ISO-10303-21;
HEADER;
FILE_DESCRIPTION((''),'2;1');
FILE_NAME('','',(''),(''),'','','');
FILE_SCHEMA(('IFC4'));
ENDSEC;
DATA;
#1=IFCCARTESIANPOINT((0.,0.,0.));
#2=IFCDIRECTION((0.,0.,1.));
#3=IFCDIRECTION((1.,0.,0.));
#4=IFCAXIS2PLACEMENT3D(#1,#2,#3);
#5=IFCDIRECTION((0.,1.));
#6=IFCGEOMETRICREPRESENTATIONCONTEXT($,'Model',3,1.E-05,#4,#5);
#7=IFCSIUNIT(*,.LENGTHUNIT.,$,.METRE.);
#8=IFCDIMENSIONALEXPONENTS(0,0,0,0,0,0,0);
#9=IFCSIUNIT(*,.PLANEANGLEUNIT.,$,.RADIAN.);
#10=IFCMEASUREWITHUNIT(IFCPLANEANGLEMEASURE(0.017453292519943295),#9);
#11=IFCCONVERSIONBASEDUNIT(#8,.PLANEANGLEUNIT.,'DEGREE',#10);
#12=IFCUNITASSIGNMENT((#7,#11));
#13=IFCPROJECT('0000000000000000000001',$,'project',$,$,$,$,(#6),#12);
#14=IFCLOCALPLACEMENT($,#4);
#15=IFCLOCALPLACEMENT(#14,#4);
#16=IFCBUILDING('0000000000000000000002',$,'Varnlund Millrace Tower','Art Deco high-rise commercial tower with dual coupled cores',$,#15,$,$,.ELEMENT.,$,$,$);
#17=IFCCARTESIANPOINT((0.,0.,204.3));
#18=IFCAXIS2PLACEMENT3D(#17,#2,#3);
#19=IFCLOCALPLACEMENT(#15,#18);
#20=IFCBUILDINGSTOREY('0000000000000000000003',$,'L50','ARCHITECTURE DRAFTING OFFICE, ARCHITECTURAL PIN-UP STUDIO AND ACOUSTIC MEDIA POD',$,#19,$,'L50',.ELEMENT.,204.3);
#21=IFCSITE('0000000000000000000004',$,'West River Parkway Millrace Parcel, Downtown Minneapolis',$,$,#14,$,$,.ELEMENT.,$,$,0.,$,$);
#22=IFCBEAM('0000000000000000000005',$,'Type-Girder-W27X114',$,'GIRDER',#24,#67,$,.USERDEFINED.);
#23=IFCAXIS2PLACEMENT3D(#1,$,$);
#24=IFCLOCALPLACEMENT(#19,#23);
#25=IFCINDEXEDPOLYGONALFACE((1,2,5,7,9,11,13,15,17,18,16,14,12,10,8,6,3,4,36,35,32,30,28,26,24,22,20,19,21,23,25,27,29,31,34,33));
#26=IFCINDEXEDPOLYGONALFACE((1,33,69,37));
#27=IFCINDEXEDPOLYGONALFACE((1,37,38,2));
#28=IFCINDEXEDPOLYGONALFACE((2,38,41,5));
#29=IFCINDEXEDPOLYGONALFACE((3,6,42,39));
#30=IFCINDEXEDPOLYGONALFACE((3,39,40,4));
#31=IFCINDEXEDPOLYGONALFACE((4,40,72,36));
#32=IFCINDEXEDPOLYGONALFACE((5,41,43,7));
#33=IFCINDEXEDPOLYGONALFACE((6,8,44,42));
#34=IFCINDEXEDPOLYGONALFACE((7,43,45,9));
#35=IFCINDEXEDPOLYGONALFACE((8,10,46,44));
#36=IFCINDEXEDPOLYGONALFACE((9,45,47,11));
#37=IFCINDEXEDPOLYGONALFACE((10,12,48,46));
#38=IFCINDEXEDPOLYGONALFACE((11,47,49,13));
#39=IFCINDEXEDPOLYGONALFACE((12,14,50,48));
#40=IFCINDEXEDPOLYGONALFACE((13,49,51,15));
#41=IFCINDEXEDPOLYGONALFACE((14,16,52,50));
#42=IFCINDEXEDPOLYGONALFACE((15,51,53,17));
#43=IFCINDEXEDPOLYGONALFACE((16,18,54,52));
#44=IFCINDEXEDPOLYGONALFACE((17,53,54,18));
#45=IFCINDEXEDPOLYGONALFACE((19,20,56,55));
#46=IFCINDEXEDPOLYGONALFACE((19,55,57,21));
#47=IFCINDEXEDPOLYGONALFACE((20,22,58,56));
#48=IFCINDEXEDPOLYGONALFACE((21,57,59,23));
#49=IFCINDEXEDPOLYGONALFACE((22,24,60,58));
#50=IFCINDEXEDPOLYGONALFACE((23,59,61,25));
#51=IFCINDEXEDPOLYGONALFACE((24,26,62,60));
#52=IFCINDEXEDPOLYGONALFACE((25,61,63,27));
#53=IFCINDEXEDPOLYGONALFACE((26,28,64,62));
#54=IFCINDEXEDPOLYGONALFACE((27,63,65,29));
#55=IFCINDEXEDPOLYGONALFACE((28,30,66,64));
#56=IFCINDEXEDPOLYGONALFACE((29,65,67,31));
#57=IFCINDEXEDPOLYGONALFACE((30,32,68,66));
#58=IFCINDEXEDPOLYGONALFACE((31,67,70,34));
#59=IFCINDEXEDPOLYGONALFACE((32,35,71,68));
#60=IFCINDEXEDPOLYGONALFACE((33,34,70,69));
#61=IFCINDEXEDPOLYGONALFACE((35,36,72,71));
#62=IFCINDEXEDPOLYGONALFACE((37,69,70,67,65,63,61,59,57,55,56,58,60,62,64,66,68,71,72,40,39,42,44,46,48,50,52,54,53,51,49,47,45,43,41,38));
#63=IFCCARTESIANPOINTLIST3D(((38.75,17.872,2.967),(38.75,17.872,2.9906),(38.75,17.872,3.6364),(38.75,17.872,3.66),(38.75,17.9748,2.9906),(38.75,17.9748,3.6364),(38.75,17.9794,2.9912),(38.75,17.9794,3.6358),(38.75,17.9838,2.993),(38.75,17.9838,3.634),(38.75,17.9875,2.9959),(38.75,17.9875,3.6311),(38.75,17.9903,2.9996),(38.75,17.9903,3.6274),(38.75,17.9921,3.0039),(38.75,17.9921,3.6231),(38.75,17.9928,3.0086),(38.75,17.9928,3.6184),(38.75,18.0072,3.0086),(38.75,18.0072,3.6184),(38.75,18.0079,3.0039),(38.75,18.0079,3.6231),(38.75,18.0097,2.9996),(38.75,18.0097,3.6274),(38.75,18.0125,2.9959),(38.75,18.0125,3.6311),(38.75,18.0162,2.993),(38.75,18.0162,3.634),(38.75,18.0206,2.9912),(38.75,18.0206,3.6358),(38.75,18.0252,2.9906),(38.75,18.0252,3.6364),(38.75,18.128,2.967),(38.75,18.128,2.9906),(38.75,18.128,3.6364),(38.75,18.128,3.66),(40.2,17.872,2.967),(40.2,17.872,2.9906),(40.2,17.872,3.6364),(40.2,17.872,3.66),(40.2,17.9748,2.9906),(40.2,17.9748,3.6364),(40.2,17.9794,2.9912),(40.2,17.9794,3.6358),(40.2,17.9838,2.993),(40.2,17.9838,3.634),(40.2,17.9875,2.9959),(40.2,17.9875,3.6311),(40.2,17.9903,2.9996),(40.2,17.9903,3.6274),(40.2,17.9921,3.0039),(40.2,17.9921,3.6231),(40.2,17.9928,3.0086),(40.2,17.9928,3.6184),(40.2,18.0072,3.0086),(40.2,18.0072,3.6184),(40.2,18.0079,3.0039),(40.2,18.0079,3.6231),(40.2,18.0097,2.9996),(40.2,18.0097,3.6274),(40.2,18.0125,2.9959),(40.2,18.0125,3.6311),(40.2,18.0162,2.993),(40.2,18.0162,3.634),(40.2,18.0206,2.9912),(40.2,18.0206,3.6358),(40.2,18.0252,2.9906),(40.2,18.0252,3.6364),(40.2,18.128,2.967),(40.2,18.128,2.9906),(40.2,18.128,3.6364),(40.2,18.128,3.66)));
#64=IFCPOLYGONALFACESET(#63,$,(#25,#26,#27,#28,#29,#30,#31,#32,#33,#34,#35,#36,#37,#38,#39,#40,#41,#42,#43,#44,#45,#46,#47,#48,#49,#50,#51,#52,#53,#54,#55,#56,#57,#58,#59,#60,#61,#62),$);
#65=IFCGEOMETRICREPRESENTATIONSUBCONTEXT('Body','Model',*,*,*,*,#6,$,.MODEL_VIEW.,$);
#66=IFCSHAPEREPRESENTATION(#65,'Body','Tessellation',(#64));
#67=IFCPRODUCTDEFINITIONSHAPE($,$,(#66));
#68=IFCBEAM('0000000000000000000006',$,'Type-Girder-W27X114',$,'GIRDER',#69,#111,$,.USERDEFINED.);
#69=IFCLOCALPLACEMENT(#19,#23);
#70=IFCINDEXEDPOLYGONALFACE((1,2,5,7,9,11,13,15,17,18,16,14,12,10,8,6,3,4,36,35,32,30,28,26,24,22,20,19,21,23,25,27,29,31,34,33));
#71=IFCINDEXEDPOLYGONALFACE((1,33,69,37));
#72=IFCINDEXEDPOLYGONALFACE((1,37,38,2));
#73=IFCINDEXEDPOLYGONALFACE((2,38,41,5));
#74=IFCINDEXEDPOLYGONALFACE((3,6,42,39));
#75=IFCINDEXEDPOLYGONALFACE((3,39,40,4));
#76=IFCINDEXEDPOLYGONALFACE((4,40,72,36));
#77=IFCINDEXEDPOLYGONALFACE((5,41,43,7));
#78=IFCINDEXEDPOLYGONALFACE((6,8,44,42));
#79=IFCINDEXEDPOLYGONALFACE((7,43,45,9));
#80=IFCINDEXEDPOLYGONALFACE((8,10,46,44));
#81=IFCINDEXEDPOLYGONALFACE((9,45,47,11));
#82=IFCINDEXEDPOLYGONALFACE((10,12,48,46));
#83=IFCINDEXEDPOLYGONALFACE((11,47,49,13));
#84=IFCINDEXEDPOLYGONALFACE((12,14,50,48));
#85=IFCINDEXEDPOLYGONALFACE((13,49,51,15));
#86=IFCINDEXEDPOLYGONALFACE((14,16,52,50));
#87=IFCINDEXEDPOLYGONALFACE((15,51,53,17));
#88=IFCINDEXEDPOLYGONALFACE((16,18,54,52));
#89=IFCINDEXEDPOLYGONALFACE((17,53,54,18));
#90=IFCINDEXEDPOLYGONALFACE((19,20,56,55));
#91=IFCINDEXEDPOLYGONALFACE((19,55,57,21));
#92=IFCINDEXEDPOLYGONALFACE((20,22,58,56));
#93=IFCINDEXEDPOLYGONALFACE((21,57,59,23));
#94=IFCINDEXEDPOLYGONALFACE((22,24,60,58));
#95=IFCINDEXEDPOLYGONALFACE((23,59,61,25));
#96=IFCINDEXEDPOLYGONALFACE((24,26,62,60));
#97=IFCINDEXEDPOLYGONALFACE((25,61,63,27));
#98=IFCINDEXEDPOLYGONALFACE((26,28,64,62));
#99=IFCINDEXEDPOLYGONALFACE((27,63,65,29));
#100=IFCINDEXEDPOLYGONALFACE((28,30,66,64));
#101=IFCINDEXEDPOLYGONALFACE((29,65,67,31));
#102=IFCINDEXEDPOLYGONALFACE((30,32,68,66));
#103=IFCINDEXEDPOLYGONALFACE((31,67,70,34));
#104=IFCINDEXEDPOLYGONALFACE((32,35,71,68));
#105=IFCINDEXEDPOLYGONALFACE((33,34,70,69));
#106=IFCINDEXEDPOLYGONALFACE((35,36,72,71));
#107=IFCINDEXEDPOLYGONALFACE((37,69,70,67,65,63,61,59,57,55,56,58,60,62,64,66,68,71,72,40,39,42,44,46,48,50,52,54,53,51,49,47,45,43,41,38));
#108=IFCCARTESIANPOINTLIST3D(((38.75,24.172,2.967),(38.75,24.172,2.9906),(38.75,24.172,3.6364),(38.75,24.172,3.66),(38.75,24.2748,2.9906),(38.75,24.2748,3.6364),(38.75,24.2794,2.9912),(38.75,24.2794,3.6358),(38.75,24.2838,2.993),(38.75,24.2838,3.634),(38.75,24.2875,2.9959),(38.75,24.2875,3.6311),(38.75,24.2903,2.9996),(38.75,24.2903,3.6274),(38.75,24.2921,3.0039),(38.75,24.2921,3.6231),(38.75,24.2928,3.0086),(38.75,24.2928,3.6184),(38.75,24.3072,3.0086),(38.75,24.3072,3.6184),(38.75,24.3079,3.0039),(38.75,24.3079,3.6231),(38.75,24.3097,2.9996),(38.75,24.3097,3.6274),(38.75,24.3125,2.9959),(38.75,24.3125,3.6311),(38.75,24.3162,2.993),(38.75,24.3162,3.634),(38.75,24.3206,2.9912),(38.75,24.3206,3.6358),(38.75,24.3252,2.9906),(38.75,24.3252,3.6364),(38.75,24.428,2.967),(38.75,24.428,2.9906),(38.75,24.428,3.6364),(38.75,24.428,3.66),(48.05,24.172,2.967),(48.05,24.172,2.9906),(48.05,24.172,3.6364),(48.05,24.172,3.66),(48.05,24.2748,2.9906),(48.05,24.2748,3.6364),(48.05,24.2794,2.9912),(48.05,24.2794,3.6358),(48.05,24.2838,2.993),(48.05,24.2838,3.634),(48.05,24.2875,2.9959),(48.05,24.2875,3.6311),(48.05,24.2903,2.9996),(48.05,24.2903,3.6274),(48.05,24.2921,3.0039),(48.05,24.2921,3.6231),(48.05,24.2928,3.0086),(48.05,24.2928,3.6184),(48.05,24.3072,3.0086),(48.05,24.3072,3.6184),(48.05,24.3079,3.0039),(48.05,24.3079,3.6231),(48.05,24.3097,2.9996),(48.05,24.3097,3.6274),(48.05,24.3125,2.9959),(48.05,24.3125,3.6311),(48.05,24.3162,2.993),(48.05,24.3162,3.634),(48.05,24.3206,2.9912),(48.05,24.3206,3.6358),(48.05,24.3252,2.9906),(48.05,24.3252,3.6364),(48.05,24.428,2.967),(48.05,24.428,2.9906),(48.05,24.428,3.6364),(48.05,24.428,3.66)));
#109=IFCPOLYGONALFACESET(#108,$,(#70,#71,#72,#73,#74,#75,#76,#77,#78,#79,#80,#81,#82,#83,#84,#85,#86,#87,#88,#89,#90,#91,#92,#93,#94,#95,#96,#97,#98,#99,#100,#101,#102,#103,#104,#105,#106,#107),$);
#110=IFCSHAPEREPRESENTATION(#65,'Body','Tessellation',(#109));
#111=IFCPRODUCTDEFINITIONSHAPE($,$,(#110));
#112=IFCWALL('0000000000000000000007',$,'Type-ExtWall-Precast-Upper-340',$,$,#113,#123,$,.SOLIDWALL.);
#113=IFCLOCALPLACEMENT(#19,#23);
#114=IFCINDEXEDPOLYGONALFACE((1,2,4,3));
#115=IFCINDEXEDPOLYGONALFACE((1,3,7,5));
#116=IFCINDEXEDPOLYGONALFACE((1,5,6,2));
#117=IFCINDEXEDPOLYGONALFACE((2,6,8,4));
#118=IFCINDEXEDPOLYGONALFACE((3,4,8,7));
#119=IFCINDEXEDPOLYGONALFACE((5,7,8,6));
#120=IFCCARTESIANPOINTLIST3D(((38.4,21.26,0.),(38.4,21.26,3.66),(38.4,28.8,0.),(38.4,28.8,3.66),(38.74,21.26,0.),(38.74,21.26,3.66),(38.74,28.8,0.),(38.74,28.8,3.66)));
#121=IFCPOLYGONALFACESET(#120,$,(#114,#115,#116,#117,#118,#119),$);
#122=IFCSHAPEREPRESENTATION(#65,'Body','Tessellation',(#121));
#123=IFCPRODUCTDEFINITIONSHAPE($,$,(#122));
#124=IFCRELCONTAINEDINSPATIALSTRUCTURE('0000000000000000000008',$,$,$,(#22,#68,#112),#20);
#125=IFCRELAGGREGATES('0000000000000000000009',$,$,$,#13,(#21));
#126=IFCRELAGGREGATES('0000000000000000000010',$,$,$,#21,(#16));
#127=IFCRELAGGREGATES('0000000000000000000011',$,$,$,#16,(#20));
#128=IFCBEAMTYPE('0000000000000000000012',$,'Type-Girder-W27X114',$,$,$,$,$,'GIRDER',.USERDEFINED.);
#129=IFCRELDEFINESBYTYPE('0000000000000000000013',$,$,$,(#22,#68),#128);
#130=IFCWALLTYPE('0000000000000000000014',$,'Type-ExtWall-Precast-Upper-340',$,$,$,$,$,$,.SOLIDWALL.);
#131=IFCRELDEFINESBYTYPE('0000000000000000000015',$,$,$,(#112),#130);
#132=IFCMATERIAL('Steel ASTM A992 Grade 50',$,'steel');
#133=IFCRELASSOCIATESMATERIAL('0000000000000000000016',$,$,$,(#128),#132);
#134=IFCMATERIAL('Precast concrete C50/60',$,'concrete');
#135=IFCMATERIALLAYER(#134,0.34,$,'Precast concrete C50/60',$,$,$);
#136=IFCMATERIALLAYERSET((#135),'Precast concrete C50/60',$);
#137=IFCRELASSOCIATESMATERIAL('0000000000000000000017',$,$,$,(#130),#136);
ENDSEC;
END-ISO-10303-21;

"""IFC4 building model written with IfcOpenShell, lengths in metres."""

from ifc_helpers import new_model, entity, si_unit, converted_unit, direction, frame, origin_with_axes, origin_2d_with_axis, place, context, subcontext, project, spatial, polyline, i_section, outline, extrude, material, layer, layer_set, material_profile, profile_set, type_object, element, save


model = new_model("IFC4")

# Units and contexts
model_context = context("Model", 3, precision=1e-05, world=origin_with_axes(), true_north=direction((0.0, 1.0)))
body_context = subcontext(model_context, "Body", "Model", "MODEL_VIEW")
ifc_project = project(units=[si_unit("LENGTHUNIT", "METRE"), converted_unit("PLANEANGLEUNIT", "DEGREE", entity("IfcPlaneAngleMeasure", 0.017453292519943295), si_unit("PLANEANGLEUNIT", "RADIAN"), dimensions=[0, 0, 0, 0, 0, 0, 0])], contexts=[model_context])

# Site, building, storey
site_placement = place(None, origin_with_axes())
site = spatial("IfcSite", under=ifc_project, at=site_placement, Name="West River Parkway Millrace Parcel, Downtown Minneapolis", CompositionType="ELEMENT", RefElevation=0.0)
building_placement = place(site_placement, origin_with_axes())
building = spatial("IfcBuilding", under=site, at=building_placement, Name="Varnlund Millrace Tower", Description="Art Deco high-rise commercial tower with dual coupled cores", CompositionType="ELEMENT")
storey_placement = place(building_placement, frame((0.0, 0.0, 204.3), z_axis=(0.0, 0.0, 1.0), x_axis=(1.0, 0.0, 0.0)))
storey = spatial("IfcBuildingStorey", under=building, at=storey_placement, Name="L50", Description="ARCHITECTURE DRAFTING OFFICE, ARCHITECTURAL PIN-UP STUDIO AND ACOUSTIC MEDIA POD", LongName="L50", CompositionType="ELEMENT", Elevation=204.3)

# Beams
ifc_material_1 = material(Name="Steel ASTM A992 Grade 50", Category="steel")
ifc_material_profile_1 = material_profile(ifc_material_1, i_section(OverallWidth=0.256, OverallDepth=0.693, WebThickness=0.0145, FlangeThickness=0.0236, FilletRadius=0.018, at=origin_2d_with_axis()), Name="Steel ASTM A992 Grade 50")
ifc_profile_set_1 = profile_set([ifc_material_profile_1], Name="Steel ASTM A992 Grade 50")
beam_type_1 = type_object("IfcBeamType", Name="Type-Girder-W27X114", ElementType="GIRDER", PredefinedType="USERDEFINED", material=ifc_profile_set_1)
beam_1_placement = place(storey_placement, frame((38.75, 18.0, 3.3135), z_axis=(1.0, 0.0, 0.0), x_axis=(0.0, 1.0, 0.0)))
element("IfcBeam", 1, at=beam_1_placement, inside=storey, type_object=beam_type_1, Name="Type-Girder-W27X114", ObjectType="GIRDER", PredefinedType="USERDEFINED", context=body_context, shape_type="SweptSolid", body=[
    extrude(i_section(OverallWidth=0.256, OverallDepth=0.693, WebThickness=0.0145, FlangeThickness=0.0236, FilletRadius=0.018, at=origin_2d_with_axis()), origin_with_axes(), (0.0, 0.0, 1.0), 1.45),
])
beam_2_placement = place(storey_placement, frame((38.75, 24.3, 3.3135), z_axis=(1.0, 0.0, 0.0), x_axis=(0.0, 1.0, 0.0)))
element("IfcBeam", 2, at=beam_2_placement, inside=storey, type_object=beam_type_1, Name="Type-Girder-W27X114", ObjectType="GIRDER", PredefinedType="USERDEFINED", context=body_context, shape_type="SweptSolid", body=[
    extrude(i_section(OverallWidth=0.256, OverallDepth=0.693, WebThickness=0.0145, FlangeThickness=0.0236, FilletRadius=0.018, at=origin_2d_with_axis()), origin_with_axes(), (0.0, 0.0, 1.0), 9.3),
])

# Wall
ifc_material_2 = material(Name="Precast concrete C50/60", Category="concrete")
ifc_layer_1 = layer(ifc_material_2, 0.34, Name="Precast concrete C50/60")
ifc_layer_set_1 = layer_set([ifc_layer_1], Name="Precast concrete C50/60")
wall_type_1 = type_object("IfcWallType", Name="Type-ExtWall-Precast-Upper-340", PredefinedType="SOLIDWALL", material=ifc_layer_set_1)
wall_1_placement = place(storey_placement, frame((38.57, 21.26, 0.0), z_axis=(0.0, 0.0, 1.0), x_axis=(0.0, 1.0, 0.0)))
element("IfcWall", 3, at=wall_1_placement, inside=storey, type_object=wall_type_1, Name="Type-ExtWall-Precast-Upper-340", PredefinedType="SOLIDWALL", context=body_context, shape_type="SweptSolid", body=[
    extrude(outline(polyline([(0.0, -0.17), (7.54, -0.17), (7.54, 0.17), (0.0, 0.17), (0.0, -0.17)])), origin_with_axes(), (0.0, 0.0, 1.0), 3.66),
])

save(model, "model.ifc")
